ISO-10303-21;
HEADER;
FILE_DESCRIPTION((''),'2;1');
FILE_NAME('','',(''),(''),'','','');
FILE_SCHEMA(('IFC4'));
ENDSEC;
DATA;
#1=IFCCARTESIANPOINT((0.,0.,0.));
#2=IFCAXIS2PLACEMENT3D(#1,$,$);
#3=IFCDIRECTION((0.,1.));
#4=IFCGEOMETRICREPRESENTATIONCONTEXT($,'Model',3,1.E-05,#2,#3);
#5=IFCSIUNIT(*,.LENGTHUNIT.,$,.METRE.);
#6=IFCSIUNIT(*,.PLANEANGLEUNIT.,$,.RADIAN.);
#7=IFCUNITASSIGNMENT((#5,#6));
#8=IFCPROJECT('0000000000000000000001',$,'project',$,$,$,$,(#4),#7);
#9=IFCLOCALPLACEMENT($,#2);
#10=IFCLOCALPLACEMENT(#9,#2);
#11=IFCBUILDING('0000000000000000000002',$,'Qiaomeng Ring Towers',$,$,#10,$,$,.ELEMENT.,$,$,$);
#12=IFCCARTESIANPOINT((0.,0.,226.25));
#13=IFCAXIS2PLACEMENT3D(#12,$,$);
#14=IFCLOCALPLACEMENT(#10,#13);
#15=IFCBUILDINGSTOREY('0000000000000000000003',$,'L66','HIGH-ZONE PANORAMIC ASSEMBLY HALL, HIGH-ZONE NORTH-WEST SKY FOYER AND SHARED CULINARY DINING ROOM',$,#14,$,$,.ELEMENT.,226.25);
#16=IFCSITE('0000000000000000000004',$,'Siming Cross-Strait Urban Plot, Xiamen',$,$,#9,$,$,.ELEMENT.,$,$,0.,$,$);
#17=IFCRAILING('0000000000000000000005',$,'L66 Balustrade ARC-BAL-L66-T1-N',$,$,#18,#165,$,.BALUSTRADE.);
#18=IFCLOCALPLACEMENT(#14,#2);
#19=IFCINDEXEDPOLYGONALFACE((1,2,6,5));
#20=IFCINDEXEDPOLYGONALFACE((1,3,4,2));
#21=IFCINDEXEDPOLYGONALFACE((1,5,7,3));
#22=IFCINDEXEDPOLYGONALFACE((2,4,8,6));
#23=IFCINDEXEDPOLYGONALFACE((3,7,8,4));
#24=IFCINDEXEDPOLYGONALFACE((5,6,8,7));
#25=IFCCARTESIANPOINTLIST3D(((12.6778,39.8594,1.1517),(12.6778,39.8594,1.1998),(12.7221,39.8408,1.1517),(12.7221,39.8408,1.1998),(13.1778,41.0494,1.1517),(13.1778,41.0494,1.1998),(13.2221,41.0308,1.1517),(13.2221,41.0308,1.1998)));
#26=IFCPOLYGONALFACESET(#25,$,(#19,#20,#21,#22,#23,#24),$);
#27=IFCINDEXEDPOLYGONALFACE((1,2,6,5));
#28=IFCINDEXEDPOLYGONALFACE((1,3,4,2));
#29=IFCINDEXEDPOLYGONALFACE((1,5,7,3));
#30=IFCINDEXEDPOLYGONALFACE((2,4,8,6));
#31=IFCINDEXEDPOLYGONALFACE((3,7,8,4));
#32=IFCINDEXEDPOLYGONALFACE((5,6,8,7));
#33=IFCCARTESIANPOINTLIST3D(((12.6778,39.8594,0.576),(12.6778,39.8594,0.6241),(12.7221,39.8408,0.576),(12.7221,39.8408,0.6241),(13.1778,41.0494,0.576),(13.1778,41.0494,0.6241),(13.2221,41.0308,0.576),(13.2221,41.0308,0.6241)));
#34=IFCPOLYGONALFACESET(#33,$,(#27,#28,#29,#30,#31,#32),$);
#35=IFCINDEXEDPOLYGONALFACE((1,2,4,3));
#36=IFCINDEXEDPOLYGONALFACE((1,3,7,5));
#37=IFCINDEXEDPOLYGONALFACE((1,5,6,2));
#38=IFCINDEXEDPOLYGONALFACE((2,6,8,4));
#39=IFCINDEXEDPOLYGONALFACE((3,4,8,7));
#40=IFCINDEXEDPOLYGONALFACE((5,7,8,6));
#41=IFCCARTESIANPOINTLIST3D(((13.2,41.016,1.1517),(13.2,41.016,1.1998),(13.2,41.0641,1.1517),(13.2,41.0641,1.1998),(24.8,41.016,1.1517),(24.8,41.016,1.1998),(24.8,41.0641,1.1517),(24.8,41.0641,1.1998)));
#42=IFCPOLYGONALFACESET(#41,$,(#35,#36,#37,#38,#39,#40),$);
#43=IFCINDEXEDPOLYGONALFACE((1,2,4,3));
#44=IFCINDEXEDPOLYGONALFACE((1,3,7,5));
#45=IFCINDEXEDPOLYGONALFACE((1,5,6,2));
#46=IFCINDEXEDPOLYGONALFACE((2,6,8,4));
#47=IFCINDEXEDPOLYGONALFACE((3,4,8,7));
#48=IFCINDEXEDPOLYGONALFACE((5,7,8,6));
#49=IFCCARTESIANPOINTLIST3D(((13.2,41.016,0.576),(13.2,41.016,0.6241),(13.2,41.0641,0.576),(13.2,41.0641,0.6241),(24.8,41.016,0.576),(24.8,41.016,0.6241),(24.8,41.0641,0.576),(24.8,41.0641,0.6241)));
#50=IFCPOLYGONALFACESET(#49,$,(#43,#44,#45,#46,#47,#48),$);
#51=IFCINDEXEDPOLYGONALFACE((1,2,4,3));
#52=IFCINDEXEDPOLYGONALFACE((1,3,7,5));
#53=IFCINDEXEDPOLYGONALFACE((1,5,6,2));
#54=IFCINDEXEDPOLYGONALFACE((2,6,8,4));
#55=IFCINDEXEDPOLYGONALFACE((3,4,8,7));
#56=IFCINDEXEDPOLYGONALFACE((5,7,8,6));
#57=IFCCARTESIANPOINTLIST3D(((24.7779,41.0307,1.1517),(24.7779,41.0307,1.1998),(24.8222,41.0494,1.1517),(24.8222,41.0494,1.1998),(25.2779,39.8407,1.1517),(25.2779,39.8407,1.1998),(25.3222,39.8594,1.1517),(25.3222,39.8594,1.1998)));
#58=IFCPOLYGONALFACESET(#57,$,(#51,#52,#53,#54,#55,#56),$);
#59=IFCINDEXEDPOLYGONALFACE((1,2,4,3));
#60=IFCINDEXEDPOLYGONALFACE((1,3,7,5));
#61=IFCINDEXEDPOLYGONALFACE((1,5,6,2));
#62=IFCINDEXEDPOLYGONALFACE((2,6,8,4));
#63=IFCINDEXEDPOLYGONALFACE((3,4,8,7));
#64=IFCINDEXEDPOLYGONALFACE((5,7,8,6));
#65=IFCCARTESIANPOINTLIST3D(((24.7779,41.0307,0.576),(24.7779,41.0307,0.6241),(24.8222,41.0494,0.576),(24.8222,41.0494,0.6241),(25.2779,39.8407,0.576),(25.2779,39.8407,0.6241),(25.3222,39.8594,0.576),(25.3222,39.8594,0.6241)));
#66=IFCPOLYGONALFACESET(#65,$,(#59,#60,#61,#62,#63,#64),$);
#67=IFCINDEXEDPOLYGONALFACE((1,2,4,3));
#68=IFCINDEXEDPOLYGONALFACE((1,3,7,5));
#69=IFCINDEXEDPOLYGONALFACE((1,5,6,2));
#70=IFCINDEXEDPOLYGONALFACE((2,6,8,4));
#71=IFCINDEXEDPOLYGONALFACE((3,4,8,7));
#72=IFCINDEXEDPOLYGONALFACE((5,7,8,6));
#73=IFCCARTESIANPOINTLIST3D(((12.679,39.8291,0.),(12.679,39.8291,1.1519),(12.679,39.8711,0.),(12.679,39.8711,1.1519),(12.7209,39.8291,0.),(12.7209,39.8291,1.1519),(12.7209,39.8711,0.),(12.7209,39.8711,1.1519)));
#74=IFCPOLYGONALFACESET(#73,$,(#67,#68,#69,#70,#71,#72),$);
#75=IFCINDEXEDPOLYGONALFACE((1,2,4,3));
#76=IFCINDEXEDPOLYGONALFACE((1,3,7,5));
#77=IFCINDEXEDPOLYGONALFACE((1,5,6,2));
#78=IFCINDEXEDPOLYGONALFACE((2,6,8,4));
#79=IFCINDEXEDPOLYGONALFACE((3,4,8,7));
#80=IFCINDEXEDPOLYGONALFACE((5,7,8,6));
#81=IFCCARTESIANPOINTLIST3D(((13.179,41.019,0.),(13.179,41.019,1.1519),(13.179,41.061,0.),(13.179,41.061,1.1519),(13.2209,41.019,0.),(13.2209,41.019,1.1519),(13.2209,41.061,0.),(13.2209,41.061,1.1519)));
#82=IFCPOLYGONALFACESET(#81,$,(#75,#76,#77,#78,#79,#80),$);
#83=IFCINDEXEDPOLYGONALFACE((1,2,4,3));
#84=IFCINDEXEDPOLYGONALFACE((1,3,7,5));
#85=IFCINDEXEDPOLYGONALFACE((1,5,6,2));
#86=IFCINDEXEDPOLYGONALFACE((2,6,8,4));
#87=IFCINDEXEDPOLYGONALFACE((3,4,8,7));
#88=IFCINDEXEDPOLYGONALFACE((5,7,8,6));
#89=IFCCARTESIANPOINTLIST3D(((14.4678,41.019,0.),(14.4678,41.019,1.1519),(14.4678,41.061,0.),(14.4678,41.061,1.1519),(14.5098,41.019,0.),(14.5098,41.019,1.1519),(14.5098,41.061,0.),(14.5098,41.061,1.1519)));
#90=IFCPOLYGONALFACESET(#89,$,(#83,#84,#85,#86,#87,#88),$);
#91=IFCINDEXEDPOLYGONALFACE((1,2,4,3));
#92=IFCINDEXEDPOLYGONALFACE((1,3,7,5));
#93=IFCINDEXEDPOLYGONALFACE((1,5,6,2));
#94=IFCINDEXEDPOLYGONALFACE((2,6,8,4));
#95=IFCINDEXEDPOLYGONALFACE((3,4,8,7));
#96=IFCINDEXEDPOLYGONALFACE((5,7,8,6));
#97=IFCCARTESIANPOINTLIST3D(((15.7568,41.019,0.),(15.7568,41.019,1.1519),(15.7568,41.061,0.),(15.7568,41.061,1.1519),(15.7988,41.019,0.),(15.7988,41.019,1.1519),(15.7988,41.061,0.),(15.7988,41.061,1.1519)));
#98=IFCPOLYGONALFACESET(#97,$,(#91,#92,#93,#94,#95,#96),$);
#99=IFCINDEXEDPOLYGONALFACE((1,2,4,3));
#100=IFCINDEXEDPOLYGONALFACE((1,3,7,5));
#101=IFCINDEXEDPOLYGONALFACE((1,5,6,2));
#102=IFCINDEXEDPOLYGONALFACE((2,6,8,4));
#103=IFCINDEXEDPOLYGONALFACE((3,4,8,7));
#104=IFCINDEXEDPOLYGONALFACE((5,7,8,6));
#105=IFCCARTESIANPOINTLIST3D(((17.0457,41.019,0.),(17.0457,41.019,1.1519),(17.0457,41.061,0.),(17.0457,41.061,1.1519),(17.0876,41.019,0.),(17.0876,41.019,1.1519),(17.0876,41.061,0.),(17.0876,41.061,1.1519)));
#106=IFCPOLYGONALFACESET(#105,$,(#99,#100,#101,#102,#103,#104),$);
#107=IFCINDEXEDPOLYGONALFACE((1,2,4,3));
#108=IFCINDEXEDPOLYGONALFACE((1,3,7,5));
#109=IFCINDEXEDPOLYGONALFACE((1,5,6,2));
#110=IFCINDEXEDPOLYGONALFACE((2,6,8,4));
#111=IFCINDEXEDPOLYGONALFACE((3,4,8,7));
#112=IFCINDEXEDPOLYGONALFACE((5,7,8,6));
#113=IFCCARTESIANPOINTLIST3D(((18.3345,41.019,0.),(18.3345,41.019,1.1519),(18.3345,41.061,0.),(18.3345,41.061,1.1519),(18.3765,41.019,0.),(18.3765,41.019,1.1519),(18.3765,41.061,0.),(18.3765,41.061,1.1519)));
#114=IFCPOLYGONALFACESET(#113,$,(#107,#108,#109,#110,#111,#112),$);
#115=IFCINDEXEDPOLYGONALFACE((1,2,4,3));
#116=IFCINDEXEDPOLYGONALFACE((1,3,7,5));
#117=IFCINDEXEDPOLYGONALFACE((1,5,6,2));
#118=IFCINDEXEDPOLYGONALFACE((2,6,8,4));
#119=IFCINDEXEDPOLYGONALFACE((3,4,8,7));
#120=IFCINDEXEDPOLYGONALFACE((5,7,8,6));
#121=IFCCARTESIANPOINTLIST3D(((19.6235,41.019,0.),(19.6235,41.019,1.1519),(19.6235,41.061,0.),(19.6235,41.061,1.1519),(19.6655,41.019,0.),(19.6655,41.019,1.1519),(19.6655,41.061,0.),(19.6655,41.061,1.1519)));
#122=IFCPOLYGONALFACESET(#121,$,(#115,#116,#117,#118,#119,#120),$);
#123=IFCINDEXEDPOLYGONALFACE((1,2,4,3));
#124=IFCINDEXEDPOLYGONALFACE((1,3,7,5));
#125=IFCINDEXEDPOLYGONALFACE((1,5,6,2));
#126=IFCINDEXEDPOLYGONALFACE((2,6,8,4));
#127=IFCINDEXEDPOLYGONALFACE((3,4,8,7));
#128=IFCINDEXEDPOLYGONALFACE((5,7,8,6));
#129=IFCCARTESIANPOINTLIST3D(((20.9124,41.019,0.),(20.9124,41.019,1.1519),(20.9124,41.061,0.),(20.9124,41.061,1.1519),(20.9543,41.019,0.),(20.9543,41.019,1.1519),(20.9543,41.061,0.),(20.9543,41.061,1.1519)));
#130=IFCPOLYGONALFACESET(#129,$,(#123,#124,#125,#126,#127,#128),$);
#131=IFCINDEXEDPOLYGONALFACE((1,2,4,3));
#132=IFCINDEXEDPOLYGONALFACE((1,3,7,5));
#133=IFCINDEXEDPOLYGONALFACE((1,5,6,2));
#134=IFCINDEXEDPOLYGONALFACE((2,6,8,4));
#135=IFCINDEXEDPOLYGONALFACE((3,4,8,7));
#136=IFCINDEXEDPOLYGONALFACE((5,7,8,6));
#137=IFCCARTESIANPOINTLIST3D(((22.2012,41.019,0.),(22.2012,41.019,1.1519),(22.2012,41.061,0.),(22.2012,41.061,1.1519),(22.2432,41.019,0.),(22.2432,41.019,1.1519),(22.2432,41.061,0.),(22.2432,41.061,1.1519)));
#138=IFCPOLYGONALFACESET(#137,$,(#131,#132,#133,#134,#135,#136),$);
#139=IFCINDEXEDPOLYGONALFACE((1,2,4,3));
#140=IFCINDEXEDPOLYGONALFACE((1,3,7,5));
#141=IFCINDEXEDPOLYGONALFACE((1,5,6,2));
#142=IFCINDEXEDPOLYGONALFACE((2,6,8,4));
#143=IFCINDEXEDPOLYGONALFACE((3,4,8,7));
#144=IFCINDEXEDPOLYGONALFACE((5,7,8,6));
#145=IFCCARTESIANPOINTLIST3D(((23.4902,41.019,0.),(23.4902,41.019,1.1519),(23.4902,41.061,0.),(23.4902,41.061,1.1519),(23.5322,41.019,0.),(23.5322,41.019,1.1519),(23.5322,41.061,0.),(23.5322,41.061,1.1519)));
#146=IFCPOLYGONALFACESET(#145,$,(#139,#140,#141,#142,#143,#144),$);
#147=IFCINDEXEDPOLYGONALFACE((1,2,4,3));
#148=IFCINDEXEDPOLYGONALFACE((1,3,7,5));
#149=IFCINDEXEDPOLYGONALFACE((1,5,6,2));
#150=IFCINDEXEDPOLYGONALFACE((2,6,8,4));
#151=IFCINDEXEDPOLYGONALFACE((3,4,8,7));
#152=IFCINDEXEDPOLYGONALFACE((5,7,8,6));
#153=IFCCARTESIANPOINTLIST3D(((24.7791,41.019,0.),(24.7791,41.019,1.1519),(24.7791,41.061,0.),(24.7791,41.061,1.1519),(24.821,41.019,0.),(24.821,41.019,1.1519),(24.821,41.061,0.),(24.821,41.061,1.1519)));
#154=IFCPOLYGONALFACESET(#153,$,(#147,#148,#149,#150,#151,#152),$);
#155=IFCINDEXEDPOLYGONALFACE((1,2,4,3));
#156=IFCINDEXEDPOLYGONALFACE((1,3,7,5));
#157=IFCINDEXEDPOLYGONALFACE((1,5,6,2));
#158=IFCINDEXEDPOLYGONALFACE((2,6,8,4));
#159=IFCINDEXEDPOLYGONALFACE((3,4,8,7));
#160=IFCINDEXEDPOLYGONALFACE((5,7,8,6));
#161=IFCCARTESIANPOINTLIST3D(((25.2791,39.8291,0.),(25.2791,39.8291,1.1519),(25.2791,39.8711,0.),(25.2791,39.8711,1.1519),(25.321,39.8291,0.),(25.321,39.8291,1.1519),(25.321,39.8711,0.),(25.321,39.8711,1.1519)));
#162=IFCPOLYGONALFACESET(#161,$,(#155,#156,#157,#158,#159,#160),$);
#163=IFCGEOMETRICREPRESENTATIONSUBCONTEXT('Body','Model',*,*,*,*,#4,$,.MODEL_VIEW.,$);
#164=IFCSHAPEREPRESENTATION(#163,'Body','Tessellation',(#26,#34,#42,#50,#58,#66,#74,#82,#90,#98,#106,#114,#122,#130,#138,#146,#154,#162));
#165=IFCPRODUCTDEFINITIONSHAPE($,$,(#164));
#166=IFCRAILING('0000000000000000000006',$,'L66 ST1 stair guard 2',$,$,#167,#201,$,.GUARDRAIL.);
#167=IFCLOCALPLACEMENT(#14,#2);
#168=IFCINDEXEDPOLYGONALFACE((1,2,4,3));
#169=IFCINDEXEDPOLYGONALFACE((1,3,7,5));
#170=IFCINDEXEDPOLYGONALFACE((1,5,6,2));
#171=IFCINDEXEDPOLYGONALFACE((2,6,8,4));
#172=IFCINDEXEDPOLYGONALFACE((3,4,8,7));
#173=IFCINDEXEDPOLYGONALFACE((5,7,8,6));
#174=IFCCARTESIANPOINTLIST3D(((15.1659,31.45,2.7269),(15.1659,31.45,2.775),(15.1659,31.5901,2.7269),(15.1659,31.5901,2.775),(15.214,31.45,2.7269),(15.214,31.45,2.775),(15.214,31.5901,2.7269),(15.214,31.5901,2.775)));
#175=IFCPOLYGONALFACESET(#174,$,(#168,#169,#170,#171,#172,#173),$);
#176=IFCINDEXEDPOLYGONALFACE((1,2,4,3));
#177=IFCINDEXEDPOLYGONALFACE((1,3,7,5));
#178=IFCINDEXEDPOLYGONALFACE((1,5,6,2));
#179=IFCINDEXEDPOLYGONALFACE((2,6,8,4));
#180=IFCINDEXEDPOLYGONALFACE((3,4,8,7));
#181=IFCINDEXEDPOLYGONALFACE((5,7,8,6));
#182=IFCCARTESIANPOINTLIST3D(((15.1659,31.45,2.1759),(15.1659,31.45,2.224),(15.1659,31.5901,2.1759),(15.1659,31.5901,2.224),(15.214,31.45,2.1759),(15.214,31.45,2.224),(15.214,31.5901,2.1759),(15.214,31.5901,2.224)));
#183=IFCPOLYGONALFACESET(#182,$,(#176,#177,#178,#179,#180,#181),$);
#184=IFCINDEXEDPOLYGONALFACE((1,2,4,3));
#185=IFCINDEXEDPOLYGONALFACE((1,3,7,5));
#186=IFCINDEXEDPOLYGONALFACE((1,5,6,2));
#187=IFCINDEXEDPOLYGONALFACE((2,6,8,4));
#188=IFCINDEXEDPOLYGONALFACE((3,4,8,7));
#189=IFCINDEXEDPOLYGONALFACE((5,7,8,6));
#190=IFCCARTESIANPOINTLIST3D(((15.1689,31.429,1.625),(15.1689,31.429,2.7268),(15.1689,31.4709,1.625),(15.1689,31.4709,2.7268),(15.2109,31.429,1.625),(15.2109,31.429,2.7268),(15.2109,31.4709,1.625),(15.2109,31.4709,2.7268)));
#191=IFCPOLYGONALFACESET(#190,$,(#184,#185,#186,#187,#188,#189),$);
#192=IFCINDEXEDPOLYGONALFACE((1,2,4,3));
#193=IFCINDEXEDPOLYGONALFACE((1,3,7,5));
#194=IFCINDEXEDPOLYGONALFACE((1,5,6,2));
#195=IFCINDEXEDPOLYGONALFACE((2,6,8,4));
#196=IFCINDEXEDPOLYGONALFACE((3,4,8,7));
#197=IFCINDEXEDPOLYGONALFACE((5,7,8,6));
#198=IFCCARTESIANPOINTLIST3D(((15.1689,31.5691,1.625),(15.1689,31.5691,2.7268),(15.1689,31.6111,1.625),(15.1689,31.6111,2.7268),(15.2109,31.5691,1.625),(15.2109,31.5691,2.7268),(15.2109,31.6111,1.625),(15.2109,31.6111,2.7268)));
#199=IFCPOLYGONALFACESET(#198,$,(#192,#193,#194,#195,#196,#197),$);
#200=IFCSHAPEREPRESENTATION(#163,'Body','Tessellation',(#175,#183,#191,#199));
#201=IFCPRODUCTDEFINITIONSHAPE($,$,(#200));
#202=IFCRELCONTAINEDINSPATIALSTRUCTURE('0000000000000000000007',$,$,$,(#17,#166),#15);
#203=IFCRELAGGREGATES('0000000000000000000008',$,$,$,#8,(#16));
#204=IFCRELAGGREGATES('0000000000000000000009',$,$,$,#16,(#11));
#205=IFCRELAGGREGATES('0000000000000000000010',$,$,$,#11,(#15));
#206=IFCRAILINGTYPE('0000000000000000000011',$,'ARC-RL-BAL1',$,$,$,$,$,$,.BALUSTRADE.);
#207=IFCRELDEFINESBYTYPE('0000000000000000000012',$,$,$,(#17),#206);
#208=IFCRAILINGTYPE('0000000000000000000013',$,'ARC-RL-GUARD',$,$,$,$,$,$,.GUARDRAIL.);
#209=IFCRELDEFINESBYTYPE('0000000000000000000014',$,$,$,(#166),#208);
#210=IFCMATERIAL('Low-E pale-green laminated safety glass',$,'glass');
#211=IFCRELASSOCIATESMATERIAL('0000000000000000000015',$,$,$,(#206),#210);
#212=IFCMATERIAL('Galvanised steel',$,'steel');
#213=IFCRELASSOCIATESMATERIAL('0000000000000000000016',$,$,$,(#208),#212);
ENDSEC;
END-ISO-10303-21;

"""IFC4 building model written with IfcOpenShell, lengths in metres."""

from ifc_helpers import new_model, si_unit, direction, frame, origin, origin_2d, place, context, subcontext, project, spatial, rectangle, extrude, material, type_object, element, save


model = new_model("IFC4")

# Units and contexts
model_context = context("Model", 3, precision=1e-05, world=origin(), true_north=direction((0.0, 1.0)))
body_context = subcontext(model_context, "Body", "Model", "MODEL_VIEW")
ifc_project = project(units=[si_unit("LENGTHUNIT", "METRE"), si_unit("PLANEANGLEUNIT", "RADIAN")], contexts=[model_context])

# Site, building, storey
site_placement = place(None, origin())
site = spatial("IfcSite", under=ifc_project, at=site_placement, Name="Siming Cross-Strait Urban Plot, Xiamen", CompositionType="ELEMENT", RefElevation=0.0)
building_placement = place(site_placement, origin())
building = spatial("IfcBuilding", under=site, at=building_placement, Name="Qiaomeng Ring Towers", CompositionType="ELEMENT")
storey_placement = place(building_placement, frame((0.0, 0.0, 226.25)))
storey = spatial("IfcBuildingStorey", under=building, at=storey_placement, Name="L66", Description="HIGH-ZONE PANORAMIC ASSEMBLY HALL, HIGH-ZONE NORTH-WEST SKY FOYER AND SHARED CULINARY DINING ROOM", CompositionType="ELEMENT", Elevation=226.25)

# Shared definitions
ifc_material_1 = material(Name="Galvanised steel", Category="steel")

# Railings
ifc_material_2 = material(Name="Low-E pale-green laminated safety glass", Category="glass")
railing_type_1 = type_object("IfcRailingType", Name="ARC-RL-BAL1", PredefinedType="BALUSTRADE", material=ifc_material_2)
railing_1_placement = place(storey_placement, frame((12.7, 39.8501, 0.0)))
element("IfcRailing", 1, at=railing_1_placement, inside=storey, type_object=railing_type_1, Name="L66 Balustrade ARC-BAL-L66-T1-N", PredefinedType="BALUSTRADE", context=body_context, shape_type="SweptSolid", body=[
    extrude(rectangle(XDim=0.0481, YDim=0.0481, at=origin_2d()), frame((0.0, 0.0, 1.1758), z_axis=(0.38738, 0.92192, 0.0), x_axis=(-0.92192, 0.38738, 0.0)), (0.0, 0.0, 1.0), 1.2908),
    extrude(rectangle(XDim=0.0481, YDim=0.0481, at=origin_2d()), frame((0.0, 0.0, 0.6001), z_axis=(0.38738, 0.92192, 0.0), x_axis=(-0.92192, 0.38738, 0.0)), (0.0, 0.0, 1.0), 1.2908),
    extrude(rectangle(XDim=0.0481, YDim=0.0481, at=origin_2d()), frame((0.5, 1.1899, 1.1758), z_axis=(1.0, 0.0, 0.0), x_axis=(0.0, 1.0, 0.0)), (0.0, 0.0, 1.0), 11.6001),
    extrude(rectangle(XDim=0.0481, YDim=0.0481, at=origin_2d()), frame((0.5, 1.1899, 0.6001), z_axis=(1.0, 0.0, 0.0), x_axis=(0.0, 1.0, 0.0)), (0.0, 0.0, 1.0), 11.6001),
    extrude(rectangle(XDim=0.0481, YDim=0.0481, at=origin_2d()), frame((12.1001, 1.1899, 1.1758), z_axis=(0.38738, -0.92192, 0.0), x_axis=(0.92192, 0.38738, 0.0)), (0.0, 0.0, 1.0), 1.2908),
    extrude(rectangle(XDim=0.0481, YDim=0.0481, at=origin_2d()), frame((12.1001, 1.1899, 0.6001), z_axis=(0.38738, -0.92192, 0.0), x_axis=(0.92192, 0.38738, 0.0)), (0.0, 0.0, 1.0), 1.2908),
    extrude(rectangle(XDim=0.042, YDim=0.042, at=origin_2d()), origin(), (0.0, 0.0, 1.0), 1.1519),
    extrude(rectangle(XDim=0.042, YDim=0.042, at=origin_2d()), frame((0.5, 1.1899, 0.0)), (0.0, 0.0, 1.0), 1.1519),
    extrude(rectangle(XDim=0.042, YDim=0.042, at=origin_2d()), frame((1.7888, 1.1899, 0.0)), (0.0, 0.0, 1.0), 1.1519),
    extrude(rectangle(XDim=0.042, YDim=0.042, at=origin_2d()), frame((3.0779, 1.1899, 0.0)), (0.0, 0.0, 1.0), 1.1519),
    extrude(rectangle(XDim=0.042, YDim=0.042, at=origin_2d()), frame((4.3667, 1.1899, 0.0)), (0.0, 0.0, 1.0), 1.1519),
    extrude(rectangle(XDim=0.042, YDim=0.042, at=origin_2d()), frame((5.6555, 1.1899, 0.0)), (0.0, 0.0, 1.0), 1.1519),
    extrude(rectangle(XDim=0.042, YDim=0.042, at=origin_2d()), frame((6.9446, 1.1899, 0.0)), (0.0, 0.0, 1.0), 1.1519),
    extrude(rectangle(XDim=0.042, YDim=0.042, at=origin_2d()), frame((8.2334, 1.1899, 0.0)), (0.0, 0.0, 1.0), 1.1519),
    extrude(rectangle(XDim=0.042, YDim=0.042, at=origin_2d()), frame((9.5222, 1.1899, 0.0)), (0.0, 0.0, 1.0), 1.1519),
    extrude(rectangle(XDim=0.042, YDim=0.042, at=origin_2d()), frame((10.8113, 1.1899, 0.0)), (0.0, 0.0, 1.0), 1.1519),
    extrude(rectangle(XDim=0.042, YDim=0.042, at=origin_2d()), frame((12.1001, 1.1899, 0.0)), (0.0, 0.0, 1.0), 1.1519),
    extrude(rectangle(XDim=0.042, YDim=0.042, at=origin_2d()), frame((12.6001, 0.0, 0.0)), (0.0, 0.0, 1.0), 1.1519),
])
railing_type_2 = type_object("IfcRailingType", Name="ARC-RL-GUARD", PredefinedType="GUARDRAIL", material=ifc_material_1)
railing_2_placement = place(storey_placement, frame((15.1899, 31.45, 1.625)))
element("IfcRailing", 2, at=railing_2_placement, inside=storey, type_object=railing_type_2, Name="L66 ST1 stair guard 2", PredefinedType="GUARDRAIL", context=body_context, shape_type="SweptSolid", body=[
    extrude(rectangle(XDim=0.0481, YDim=0.0481, at=origin_2d()), frame((0.0, 0.0, 1.126), z_axis=(0.0, 1.0, 0.0), x_axis=(-1.0, 0.0, 0.0)), (0.0, 0.0, 1.0), 0.1401),
    extrude(rectangle(XDim=0.0481, YDim=0.0481, at=origin_2d()), frame((0.0, 0.0, 0.575), z_axis=(0.0, 1.0, 0.0), x_axis=(-1.0, 0.0, 0.0)), (0.0, 0.0, 1.0), 0.1401),
    extrude(rectangle(XDim=0.042, YDim=0.042, at=origin_2d()), origin(), (0.0, 0.0, 1.0), 1.1018),
    extrude(rectangle(XDim=0.042, YDim=0.042, at=origin_2d()), frame((0.0, 0.1401, 0.0)), (0.0, 0.0, 1.0), 1.1018),
])

save(model, "model.ifc")
